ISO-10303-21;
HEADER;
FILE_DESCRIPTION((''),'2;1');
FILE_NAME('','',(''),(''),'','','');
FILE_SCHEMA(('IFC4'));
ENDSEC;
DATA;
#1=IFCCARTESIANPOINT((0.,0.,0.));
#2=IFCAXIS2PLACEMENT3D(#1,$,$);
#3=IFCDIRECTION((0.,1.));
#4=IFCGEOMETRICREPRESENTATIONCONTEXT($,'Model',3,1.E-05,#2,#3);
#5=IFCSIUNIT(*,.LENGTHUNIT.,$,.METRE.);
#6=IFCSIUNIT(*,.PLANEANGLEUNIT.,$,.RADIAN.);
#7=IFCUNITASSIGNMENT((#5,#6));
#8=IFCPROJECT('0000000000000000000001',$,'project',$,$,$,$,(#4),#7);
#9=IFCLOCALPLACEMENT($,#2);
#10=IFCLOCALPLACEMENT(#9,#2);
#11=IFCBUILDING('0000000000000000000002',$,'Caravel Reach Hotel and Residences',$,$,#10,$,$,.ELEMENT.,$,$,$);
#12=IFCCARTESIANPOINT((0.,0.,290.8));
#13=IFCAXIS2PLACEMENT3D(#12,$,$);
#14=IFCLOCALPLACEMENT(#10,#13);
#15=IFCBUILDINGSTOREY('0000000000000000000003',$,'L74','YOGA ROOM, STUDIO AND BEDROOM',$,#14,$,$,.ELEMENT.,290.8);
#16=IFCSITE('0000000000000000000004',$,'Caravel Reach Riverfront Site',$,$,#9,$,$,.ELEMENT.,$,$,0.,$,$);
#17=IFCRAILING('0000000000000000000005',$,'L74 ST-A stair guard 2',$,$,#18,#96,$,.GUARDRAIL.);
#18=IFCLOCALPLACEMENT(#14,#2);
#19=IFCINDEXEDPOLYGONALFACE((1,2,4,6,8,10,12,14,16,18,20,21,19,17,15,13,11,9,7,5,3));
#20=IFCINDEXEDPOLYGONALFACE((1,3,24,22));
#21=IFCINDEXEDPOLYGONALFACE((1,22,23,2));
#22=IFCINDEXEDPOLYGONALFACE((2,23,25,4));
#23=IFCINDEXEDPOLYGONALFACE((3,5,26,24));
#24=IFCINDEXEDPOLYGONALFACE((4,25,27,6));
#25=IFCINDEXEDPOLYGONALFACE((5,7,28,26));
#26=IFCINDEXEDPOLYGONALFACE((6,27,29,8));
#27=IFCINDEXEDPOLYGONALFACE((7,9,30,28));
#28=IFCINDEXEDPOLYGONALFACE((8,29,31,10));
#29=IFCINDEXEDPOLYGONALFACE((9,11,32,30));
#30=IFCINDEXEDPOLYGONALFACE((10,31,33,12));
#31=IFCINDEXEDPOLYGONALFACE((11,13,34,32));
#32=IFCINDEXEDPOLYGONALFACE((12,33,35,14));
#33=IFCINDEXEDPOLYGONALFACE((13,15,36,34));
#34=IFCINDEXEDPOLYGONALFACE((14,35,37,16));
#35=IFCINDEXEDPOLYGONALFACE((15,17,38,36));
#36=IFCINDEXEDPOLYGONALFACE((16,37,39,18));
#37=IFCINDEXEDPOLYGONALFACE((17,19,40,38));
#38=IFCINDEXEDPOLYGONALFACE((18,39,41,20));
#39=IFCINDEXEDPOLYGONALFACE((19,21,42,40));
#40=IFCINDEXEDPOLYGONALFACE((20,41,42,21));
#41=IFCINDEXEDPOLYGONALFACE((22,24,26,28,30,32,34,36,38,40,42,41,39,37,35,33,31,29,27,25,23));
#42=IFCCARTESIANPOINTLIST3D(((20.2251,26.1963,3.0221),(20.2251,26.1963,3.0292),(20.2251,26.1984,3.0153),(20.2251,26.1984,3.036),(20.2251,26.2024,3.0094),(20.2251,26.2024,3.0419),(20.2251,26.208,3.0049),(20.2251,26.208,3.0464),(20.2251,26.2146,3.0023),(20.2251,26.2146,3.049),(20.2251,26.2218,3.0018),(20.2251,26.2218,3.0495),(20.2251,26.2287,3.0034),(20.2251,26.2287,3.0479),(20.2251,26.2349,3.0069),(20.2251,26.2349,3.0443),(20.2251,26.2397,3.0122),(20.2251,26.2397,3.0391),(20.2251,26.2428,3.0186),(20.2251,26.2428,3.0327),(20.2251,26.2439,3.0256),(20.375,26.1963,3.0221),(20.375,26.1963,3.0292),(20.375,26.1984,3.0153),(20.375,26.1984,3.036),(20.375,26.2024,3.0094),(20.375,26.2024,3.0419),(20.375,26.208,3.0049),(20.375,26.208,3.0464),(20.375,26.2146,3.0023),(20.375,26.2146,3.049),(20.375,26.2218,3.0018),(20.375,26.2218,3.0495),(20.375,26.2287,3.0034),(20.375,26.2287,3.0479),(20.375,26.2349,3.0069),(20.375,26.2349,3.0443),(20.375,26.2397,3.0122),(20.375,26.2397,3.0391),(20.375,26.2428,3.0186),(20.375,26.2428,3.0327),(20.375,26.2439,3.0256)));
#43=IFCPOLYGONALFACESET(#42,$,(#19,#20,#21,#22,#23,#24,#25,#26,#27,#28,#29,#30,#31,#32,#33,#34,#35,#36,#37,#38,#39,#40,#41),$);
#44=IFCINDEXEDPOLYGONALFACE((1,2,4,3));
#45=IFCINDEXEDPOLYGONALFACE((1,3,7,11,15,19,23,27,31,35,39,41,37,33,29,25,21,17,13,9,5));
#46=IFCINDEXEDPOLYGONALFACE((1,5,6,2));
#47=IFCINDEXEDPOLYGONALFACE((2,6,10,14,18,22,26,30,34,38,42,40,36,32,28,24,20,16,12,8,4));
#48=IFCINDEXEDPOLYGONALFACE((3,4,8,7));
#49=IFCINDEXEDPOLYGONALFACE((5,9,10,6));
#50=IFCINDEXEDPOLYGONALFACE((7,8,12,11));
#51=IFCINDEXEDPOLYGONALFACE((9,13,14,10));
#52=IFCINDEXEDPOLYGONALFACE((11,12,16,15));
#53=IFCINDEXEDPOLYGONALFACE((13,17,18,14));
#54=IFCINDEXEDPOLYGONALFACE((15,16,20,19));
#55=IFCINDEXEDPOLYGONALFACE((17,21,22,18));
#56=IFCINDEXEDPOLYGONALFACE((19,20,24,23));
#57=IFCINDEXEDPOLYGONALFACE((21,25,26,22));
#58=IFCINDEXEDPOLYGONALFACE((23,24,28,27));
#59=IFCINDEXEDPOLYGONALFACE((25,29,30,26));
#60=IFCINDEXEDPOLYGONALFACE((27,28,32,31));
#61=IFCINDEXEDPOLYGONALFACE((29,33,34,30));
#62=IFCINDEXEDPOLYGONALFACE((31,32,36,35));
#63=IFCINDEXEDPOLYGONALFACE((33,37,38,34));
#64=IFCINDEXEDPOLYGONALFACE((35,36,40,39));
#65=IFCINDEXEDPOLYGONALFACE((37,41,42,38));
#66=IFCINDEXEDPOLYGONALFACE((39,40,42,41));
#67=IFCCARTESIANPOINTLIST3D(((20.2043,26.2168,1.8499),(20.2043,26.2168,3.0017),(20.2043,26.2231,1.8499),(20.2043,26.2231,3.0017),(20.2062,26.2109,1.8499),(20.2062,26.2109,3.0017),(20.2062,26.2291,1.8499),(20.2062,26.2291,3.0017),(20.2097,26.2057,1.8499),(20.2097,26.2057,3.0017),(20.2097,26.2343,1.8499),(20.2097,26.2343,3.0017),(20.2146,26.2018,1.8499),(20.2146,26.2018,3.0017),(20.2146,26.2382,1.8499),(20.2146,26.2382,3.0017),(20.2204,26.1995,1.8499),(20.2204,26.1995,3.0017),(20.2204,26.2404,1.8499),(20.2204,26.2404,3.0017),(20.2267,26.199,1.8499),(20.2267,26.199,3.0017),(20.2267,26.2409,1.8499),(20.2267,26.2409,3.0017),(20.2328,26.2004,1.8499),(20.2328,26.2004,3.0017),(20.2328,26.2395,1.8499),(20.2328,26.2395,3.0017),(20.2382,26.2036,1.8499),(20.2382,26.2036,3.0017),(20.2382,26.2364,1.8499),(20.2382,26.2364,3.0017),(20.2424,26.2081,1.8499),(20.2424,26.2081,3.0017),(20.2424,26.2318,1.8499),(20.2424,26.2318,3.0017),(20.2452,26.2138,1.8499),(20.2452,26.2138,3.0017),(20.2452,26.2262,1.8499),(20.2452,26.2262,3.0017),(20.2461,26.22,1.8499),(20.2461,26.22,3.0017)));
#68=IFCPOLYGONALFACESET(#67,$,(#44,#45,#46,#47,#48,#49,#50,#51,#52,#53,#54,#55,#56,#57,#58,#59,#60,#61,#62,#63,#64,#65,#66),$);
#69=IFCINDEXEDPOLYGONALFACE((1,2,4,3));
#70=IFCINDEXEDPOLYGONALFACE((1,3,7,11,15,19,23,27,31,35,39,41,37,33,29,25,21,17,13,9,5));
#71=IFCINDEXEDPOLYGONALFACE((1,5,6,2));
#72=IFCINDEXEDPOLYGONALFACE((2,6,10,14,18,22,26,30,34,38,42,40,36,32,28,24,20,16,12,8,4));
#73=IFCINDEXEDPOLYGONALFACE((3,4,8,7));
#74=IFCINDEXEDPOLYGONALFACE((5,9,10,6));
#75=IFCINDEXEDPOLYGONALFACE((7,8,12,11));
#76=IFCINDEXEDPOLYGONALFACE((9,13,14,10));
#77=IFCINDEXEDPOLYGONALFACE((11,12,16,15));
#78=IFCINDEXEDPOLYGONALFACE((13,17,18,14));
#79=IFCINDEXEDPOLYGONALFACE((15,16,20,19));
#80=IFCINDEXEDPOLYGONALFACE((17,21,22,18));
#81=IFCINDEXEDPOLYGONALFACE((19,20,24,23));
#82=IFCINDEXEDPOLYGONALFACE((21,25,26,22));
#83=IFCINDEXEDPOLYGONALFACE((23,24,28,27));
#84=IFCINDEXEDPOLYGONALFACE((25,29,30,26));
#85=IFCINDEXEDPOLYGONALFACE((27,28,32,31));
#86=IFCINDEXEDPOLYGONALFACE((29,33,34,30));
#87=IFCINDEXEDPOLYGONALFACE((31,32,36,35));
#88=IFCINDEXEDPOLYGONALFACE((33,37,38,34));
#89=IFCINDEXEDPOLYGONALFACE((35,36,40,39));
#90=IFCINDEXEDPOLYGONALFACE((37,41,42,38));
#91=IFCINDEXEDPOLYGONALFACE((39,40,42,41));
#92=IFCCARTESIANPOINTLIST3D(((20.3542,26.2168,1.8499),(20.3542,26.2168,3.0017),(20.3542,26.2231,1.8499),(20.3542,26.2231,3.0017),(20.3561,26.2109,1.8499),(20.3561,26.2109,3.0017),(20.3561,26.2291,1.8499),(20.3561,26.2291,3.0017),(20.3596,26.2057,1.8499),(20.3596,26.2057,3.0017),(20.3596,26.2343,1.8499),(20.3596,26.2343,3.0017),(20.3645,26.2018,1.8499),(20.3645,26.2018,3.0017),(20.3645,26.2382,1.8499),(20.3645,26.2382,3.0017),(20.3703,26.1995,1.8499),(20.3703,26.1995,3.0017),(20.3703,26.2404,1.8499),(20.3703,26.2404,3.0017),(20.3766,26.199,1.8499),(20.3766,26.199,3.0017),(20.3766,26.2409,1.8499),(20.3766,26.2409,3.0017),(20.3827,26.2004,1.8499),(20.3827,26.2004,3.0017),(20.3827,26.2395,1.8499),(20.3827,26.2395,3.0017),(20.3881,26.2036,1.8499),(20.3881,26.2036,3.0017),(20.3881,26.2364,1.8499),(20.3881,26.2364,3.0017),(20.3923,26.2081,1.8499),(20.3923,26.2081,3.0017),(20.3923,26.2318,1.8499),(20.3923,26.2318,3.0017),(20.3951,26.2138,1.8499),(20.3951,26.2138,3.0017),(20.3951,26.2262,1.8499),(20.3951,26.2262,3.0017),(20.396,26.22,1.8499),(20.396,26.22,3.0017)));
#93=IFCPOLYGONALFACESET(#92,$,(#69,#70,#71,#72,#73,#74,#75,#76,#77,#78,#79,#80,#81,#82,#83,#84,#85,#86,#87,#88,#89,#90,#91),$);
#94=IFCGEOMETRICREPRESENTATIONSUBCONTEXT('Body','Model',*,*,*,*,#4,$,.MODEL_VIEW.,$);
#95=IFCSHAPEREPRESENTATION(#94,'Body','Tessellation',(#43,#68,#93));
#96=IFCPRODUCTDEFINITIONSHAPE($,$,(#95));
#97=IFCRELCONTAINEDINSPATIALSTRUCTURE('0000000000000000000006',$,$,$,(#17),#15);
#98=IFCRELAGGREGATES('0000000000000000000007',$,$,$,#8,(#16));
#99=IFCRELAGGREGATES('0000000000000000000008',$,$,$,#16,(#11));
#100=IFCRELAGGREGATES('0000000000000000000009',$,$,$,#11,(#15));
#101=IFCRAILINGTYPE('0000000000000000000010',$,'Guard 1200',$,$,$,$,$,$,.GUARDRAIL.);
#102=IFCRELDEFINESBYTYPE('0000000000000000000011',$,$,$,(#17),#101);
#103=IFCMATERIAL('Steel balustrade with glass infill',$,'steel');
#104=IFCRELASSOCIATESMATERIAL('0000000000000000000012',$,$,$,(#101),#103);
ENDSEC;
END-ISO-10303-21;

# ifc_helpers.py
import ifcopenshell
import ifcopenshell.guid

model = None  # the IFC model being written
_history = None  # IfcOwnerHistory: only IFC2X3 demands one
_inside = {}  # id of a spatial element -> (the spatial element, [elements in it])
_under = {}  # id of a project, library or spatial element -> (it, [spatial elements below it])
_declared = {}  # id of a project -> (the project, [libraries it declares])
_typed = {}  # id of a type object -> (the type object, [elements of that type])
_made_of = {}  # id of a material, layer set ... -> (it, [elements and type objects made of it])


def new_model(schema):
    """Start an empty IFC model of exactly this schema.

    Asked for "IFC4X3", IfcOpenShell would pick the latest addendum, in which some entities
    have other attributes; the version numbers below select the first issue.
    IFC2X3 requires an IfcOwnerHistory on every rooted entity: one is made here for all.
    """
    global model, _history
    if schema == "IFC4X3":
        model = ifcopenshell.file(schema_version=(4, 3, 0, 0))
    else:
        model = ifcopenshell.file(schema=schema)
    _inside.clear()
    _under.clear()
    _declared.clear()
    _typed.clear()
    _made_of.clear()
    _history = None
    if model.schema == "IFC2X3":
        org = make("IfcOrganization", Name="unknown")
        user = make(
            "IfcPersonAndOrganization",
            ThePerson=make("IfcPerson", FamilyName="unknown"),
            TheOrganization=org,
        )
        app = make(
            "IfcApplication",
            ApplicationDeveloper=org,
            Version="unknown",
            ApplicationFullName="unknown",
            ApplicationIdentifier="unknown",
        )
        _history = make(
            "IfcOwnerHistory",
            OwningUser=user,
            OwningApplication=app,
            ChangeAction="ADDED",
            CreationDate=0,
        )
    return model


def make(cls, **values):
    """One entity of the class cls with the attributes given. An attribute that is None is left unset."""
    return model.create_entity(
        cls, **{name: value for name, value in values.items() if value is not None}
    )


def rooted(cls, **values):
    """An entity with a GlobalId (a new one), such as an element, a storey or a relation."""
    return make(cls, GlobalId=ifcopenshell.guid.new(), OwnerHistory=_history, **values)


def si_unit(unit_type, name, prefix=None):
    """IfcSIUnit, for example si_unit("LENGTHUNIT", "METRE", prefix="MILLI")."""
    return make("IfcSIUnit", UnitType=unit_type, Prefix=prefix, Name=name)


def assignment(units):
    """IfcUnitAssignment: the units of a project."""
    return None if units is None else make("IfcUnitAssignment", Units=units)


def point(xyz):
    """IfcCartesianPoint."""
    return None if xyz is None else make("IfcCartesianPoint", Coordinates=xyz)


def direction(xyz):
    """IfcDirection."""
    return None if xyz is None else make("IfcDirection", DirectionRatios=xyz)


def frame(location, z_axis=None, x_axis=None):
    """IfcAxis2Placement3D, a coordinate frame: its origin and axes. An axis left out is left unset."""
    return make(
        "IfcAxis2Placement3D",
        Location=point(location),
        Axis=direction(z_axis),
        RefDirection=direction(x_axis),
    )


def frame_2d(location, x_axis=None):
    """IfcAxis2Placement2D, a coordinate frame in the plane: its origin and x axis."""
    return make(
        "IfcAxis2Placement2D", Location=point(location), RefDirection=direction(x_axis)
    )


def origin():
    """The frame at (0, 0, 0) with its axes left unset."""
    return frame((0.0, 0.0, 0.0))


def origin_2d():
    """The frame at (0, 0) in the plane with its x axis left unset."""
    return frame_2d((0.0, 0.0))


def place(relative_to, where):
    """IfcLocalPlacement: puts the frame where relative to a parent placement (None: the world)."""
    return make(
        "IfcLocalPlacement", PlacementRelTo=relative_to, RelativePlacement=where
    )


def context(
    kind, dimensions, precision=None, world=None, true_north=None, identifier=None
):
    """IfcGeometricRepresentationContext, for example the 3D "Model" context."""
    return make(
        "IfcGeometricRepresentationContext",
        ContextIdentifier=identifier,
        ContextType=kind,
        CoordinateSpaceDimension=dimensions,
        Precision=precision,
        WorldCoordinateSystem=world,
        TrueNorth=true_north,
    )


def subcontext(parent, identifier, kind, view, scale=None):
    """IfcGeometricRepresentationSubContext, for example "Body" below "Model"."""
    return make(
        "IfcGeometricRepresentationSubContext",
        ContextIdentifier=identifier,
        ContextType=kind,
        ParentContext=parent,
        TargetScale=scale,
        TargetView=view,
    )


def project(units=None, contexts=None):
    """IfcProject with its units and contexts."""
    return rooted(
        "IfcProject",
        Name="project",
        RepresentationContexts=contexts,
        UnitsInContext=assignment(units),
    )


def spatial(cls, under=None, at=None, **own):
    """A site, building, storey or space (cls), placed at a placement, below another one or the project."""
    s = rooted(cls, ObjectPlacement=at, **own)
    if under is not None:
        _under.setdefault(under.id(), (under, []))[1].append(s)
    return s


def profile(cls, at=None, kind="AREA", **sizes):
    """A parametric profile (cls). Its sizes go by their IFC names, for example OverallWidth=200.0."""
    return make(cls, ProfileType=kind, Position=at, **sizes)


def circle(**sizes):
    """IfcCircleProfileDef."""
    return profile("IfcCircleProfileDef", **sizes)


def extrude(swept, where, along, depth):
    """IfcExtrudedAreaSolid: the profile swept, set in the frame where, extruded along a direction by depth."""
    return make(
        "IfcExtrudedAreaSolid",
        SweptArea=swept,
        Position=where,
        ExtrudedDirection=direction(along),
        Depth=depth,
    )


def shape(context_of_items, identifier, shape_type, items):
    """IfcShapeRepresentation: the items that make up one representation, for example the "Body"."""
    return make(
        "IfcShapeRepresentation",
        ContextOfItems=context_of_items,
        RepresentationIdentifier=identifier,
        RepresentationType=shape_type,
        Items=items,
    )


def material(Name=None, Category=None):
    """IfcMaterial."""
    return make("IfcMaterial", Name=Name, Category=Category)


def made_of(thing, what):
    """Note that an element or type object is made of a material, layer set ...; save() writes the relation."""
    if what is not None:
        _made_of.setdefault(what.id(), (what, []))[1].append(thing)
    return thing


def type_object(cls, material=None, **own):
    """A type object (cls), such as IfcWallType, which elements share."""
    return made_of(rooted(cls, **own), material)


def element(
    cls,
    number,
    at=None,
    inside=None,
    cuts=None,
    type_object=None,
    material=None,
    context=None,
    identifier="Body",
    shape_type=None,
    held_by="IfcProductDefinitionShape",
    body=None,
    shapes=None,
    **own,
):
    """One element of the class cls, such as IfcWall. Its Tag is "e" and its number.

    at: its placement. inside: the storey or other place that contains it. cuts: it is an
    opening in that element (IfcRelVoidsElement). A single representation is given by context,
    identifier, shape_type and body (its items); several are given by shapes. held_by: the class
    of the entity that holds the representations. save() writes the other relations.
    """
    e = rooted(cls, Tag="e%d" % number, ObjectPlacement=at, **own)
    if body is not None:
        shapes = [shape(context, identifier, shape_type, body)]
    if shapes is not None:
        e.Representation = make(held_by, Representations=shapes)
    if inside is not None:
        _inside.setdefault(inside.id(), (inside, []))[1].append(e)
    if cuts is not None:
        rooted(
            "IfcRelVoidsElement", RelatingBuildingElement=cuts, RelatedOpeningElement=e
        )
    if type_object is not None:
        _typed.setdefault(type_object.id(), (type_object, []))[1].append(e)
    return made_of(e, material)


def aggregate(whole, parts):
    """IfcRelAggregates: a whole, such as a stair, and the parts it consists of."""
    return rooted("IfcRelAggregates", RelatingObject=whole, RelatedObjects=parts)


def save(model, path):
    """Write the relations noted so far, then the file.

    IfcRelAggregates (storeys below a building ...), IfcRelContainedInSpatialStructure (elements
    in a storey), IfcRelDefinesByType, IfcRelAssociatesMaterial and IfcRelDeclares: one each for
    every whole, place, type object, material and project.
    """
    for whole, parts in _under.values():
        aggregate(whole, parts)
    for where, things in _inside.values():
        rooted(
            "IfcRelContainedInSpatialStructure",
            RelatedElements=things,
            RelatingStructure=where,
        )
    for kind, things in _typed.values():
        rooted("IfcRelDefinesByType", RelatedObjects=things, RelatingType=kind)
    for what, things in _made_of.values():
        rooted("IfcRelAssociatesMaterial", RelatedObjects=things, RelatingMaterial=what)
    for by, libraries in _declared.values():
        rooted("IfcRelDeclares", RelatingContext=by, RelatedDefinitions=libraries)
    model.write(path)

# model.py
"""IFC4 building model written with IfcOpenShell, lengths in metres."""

from ifc_helpers import new_model, si_unit, direction, frame, origin, origin_2d, place, context, subcontext, project, spatial, circle, extrude, material, type_object, element, save


model = new_model("IFC4")

# Units and contexts
model_context = context("Model", 3, precision=1e-05, world=origin(), true_north=direction((0.0, 1.0)))
body_context = subcontext(model_context, "Body", "Model", "MODEL_VIEW")
ifc_project = project(units=[si_unit("LENGTHUNIT", "METRE"), si_unit("PLANEANGLEUNIT", "RADIAN")], contexts=[model_context])

# Site, building, storey
site_placement = place(None, origin())
site = spatial("IfcSite", under=ifc_project, at=site_placement, Name="Caravel Reach Riverfront Site", CompositionType="ELEMENT", RefElevation=0.0)
building_placement = place(site_placement, origin())
building = spatial("IfcBuilding", under=site, at=building_placement, Name="Caravel Reach Hotel and Residences", CompositionType="ELEMENT")
storey_placement = place(building_placement, frame((0.0, 0.0, 290.8)))
storey = spatial("IfcBuildingStorey", under=building, at=storey_placement, Name="L74", Description="YOGA ROOM, STUDIO AND BEDROOM", CompositionType="ELEMENT", Elevation=290.8)

# Railing
ifc_material_1 = material(Name="Steel balustrade with glass infill", Category="steel")
railing_type_1 = type_object("IfcRailingType", Name="Guard 1200", PredefinedType="GUARDRAIL", material=ifc_material_1)
railing_1_placement = place(storey_placement, frame((20.2251, 26.22, 1.8499)))
element("IfcRailing", 1, at=railing_1_placement, inside=storey, type_object=railing_type_1, Name="L74 ST-A stair guard 2", PredefinedType="GUARDRAIL", context=body_context, shape_type="SweptSolid", body=[
    extrude(circle(Radius=0.0239, at=origin_2d()), frame((0.0, 0.0, 1.1758), z_axis=(1.0, 0.0, 0.0), x_axis=(0.0, 1.0, 0.0)), (0.0, 0.0, 1.0), 0.1499),
    extrude(circle(Radius=0.021, at=origin_2d()), origin(), (0.0, 0.0, 1.0), 1.1519),
    extrude(circle(Radius=0.021, at=origin_2d()), frame((0.1499, 0.0, 0.0)), (0.0, 0.0, 1.0), 1.1519),
])

save(model, "model.ifc")
